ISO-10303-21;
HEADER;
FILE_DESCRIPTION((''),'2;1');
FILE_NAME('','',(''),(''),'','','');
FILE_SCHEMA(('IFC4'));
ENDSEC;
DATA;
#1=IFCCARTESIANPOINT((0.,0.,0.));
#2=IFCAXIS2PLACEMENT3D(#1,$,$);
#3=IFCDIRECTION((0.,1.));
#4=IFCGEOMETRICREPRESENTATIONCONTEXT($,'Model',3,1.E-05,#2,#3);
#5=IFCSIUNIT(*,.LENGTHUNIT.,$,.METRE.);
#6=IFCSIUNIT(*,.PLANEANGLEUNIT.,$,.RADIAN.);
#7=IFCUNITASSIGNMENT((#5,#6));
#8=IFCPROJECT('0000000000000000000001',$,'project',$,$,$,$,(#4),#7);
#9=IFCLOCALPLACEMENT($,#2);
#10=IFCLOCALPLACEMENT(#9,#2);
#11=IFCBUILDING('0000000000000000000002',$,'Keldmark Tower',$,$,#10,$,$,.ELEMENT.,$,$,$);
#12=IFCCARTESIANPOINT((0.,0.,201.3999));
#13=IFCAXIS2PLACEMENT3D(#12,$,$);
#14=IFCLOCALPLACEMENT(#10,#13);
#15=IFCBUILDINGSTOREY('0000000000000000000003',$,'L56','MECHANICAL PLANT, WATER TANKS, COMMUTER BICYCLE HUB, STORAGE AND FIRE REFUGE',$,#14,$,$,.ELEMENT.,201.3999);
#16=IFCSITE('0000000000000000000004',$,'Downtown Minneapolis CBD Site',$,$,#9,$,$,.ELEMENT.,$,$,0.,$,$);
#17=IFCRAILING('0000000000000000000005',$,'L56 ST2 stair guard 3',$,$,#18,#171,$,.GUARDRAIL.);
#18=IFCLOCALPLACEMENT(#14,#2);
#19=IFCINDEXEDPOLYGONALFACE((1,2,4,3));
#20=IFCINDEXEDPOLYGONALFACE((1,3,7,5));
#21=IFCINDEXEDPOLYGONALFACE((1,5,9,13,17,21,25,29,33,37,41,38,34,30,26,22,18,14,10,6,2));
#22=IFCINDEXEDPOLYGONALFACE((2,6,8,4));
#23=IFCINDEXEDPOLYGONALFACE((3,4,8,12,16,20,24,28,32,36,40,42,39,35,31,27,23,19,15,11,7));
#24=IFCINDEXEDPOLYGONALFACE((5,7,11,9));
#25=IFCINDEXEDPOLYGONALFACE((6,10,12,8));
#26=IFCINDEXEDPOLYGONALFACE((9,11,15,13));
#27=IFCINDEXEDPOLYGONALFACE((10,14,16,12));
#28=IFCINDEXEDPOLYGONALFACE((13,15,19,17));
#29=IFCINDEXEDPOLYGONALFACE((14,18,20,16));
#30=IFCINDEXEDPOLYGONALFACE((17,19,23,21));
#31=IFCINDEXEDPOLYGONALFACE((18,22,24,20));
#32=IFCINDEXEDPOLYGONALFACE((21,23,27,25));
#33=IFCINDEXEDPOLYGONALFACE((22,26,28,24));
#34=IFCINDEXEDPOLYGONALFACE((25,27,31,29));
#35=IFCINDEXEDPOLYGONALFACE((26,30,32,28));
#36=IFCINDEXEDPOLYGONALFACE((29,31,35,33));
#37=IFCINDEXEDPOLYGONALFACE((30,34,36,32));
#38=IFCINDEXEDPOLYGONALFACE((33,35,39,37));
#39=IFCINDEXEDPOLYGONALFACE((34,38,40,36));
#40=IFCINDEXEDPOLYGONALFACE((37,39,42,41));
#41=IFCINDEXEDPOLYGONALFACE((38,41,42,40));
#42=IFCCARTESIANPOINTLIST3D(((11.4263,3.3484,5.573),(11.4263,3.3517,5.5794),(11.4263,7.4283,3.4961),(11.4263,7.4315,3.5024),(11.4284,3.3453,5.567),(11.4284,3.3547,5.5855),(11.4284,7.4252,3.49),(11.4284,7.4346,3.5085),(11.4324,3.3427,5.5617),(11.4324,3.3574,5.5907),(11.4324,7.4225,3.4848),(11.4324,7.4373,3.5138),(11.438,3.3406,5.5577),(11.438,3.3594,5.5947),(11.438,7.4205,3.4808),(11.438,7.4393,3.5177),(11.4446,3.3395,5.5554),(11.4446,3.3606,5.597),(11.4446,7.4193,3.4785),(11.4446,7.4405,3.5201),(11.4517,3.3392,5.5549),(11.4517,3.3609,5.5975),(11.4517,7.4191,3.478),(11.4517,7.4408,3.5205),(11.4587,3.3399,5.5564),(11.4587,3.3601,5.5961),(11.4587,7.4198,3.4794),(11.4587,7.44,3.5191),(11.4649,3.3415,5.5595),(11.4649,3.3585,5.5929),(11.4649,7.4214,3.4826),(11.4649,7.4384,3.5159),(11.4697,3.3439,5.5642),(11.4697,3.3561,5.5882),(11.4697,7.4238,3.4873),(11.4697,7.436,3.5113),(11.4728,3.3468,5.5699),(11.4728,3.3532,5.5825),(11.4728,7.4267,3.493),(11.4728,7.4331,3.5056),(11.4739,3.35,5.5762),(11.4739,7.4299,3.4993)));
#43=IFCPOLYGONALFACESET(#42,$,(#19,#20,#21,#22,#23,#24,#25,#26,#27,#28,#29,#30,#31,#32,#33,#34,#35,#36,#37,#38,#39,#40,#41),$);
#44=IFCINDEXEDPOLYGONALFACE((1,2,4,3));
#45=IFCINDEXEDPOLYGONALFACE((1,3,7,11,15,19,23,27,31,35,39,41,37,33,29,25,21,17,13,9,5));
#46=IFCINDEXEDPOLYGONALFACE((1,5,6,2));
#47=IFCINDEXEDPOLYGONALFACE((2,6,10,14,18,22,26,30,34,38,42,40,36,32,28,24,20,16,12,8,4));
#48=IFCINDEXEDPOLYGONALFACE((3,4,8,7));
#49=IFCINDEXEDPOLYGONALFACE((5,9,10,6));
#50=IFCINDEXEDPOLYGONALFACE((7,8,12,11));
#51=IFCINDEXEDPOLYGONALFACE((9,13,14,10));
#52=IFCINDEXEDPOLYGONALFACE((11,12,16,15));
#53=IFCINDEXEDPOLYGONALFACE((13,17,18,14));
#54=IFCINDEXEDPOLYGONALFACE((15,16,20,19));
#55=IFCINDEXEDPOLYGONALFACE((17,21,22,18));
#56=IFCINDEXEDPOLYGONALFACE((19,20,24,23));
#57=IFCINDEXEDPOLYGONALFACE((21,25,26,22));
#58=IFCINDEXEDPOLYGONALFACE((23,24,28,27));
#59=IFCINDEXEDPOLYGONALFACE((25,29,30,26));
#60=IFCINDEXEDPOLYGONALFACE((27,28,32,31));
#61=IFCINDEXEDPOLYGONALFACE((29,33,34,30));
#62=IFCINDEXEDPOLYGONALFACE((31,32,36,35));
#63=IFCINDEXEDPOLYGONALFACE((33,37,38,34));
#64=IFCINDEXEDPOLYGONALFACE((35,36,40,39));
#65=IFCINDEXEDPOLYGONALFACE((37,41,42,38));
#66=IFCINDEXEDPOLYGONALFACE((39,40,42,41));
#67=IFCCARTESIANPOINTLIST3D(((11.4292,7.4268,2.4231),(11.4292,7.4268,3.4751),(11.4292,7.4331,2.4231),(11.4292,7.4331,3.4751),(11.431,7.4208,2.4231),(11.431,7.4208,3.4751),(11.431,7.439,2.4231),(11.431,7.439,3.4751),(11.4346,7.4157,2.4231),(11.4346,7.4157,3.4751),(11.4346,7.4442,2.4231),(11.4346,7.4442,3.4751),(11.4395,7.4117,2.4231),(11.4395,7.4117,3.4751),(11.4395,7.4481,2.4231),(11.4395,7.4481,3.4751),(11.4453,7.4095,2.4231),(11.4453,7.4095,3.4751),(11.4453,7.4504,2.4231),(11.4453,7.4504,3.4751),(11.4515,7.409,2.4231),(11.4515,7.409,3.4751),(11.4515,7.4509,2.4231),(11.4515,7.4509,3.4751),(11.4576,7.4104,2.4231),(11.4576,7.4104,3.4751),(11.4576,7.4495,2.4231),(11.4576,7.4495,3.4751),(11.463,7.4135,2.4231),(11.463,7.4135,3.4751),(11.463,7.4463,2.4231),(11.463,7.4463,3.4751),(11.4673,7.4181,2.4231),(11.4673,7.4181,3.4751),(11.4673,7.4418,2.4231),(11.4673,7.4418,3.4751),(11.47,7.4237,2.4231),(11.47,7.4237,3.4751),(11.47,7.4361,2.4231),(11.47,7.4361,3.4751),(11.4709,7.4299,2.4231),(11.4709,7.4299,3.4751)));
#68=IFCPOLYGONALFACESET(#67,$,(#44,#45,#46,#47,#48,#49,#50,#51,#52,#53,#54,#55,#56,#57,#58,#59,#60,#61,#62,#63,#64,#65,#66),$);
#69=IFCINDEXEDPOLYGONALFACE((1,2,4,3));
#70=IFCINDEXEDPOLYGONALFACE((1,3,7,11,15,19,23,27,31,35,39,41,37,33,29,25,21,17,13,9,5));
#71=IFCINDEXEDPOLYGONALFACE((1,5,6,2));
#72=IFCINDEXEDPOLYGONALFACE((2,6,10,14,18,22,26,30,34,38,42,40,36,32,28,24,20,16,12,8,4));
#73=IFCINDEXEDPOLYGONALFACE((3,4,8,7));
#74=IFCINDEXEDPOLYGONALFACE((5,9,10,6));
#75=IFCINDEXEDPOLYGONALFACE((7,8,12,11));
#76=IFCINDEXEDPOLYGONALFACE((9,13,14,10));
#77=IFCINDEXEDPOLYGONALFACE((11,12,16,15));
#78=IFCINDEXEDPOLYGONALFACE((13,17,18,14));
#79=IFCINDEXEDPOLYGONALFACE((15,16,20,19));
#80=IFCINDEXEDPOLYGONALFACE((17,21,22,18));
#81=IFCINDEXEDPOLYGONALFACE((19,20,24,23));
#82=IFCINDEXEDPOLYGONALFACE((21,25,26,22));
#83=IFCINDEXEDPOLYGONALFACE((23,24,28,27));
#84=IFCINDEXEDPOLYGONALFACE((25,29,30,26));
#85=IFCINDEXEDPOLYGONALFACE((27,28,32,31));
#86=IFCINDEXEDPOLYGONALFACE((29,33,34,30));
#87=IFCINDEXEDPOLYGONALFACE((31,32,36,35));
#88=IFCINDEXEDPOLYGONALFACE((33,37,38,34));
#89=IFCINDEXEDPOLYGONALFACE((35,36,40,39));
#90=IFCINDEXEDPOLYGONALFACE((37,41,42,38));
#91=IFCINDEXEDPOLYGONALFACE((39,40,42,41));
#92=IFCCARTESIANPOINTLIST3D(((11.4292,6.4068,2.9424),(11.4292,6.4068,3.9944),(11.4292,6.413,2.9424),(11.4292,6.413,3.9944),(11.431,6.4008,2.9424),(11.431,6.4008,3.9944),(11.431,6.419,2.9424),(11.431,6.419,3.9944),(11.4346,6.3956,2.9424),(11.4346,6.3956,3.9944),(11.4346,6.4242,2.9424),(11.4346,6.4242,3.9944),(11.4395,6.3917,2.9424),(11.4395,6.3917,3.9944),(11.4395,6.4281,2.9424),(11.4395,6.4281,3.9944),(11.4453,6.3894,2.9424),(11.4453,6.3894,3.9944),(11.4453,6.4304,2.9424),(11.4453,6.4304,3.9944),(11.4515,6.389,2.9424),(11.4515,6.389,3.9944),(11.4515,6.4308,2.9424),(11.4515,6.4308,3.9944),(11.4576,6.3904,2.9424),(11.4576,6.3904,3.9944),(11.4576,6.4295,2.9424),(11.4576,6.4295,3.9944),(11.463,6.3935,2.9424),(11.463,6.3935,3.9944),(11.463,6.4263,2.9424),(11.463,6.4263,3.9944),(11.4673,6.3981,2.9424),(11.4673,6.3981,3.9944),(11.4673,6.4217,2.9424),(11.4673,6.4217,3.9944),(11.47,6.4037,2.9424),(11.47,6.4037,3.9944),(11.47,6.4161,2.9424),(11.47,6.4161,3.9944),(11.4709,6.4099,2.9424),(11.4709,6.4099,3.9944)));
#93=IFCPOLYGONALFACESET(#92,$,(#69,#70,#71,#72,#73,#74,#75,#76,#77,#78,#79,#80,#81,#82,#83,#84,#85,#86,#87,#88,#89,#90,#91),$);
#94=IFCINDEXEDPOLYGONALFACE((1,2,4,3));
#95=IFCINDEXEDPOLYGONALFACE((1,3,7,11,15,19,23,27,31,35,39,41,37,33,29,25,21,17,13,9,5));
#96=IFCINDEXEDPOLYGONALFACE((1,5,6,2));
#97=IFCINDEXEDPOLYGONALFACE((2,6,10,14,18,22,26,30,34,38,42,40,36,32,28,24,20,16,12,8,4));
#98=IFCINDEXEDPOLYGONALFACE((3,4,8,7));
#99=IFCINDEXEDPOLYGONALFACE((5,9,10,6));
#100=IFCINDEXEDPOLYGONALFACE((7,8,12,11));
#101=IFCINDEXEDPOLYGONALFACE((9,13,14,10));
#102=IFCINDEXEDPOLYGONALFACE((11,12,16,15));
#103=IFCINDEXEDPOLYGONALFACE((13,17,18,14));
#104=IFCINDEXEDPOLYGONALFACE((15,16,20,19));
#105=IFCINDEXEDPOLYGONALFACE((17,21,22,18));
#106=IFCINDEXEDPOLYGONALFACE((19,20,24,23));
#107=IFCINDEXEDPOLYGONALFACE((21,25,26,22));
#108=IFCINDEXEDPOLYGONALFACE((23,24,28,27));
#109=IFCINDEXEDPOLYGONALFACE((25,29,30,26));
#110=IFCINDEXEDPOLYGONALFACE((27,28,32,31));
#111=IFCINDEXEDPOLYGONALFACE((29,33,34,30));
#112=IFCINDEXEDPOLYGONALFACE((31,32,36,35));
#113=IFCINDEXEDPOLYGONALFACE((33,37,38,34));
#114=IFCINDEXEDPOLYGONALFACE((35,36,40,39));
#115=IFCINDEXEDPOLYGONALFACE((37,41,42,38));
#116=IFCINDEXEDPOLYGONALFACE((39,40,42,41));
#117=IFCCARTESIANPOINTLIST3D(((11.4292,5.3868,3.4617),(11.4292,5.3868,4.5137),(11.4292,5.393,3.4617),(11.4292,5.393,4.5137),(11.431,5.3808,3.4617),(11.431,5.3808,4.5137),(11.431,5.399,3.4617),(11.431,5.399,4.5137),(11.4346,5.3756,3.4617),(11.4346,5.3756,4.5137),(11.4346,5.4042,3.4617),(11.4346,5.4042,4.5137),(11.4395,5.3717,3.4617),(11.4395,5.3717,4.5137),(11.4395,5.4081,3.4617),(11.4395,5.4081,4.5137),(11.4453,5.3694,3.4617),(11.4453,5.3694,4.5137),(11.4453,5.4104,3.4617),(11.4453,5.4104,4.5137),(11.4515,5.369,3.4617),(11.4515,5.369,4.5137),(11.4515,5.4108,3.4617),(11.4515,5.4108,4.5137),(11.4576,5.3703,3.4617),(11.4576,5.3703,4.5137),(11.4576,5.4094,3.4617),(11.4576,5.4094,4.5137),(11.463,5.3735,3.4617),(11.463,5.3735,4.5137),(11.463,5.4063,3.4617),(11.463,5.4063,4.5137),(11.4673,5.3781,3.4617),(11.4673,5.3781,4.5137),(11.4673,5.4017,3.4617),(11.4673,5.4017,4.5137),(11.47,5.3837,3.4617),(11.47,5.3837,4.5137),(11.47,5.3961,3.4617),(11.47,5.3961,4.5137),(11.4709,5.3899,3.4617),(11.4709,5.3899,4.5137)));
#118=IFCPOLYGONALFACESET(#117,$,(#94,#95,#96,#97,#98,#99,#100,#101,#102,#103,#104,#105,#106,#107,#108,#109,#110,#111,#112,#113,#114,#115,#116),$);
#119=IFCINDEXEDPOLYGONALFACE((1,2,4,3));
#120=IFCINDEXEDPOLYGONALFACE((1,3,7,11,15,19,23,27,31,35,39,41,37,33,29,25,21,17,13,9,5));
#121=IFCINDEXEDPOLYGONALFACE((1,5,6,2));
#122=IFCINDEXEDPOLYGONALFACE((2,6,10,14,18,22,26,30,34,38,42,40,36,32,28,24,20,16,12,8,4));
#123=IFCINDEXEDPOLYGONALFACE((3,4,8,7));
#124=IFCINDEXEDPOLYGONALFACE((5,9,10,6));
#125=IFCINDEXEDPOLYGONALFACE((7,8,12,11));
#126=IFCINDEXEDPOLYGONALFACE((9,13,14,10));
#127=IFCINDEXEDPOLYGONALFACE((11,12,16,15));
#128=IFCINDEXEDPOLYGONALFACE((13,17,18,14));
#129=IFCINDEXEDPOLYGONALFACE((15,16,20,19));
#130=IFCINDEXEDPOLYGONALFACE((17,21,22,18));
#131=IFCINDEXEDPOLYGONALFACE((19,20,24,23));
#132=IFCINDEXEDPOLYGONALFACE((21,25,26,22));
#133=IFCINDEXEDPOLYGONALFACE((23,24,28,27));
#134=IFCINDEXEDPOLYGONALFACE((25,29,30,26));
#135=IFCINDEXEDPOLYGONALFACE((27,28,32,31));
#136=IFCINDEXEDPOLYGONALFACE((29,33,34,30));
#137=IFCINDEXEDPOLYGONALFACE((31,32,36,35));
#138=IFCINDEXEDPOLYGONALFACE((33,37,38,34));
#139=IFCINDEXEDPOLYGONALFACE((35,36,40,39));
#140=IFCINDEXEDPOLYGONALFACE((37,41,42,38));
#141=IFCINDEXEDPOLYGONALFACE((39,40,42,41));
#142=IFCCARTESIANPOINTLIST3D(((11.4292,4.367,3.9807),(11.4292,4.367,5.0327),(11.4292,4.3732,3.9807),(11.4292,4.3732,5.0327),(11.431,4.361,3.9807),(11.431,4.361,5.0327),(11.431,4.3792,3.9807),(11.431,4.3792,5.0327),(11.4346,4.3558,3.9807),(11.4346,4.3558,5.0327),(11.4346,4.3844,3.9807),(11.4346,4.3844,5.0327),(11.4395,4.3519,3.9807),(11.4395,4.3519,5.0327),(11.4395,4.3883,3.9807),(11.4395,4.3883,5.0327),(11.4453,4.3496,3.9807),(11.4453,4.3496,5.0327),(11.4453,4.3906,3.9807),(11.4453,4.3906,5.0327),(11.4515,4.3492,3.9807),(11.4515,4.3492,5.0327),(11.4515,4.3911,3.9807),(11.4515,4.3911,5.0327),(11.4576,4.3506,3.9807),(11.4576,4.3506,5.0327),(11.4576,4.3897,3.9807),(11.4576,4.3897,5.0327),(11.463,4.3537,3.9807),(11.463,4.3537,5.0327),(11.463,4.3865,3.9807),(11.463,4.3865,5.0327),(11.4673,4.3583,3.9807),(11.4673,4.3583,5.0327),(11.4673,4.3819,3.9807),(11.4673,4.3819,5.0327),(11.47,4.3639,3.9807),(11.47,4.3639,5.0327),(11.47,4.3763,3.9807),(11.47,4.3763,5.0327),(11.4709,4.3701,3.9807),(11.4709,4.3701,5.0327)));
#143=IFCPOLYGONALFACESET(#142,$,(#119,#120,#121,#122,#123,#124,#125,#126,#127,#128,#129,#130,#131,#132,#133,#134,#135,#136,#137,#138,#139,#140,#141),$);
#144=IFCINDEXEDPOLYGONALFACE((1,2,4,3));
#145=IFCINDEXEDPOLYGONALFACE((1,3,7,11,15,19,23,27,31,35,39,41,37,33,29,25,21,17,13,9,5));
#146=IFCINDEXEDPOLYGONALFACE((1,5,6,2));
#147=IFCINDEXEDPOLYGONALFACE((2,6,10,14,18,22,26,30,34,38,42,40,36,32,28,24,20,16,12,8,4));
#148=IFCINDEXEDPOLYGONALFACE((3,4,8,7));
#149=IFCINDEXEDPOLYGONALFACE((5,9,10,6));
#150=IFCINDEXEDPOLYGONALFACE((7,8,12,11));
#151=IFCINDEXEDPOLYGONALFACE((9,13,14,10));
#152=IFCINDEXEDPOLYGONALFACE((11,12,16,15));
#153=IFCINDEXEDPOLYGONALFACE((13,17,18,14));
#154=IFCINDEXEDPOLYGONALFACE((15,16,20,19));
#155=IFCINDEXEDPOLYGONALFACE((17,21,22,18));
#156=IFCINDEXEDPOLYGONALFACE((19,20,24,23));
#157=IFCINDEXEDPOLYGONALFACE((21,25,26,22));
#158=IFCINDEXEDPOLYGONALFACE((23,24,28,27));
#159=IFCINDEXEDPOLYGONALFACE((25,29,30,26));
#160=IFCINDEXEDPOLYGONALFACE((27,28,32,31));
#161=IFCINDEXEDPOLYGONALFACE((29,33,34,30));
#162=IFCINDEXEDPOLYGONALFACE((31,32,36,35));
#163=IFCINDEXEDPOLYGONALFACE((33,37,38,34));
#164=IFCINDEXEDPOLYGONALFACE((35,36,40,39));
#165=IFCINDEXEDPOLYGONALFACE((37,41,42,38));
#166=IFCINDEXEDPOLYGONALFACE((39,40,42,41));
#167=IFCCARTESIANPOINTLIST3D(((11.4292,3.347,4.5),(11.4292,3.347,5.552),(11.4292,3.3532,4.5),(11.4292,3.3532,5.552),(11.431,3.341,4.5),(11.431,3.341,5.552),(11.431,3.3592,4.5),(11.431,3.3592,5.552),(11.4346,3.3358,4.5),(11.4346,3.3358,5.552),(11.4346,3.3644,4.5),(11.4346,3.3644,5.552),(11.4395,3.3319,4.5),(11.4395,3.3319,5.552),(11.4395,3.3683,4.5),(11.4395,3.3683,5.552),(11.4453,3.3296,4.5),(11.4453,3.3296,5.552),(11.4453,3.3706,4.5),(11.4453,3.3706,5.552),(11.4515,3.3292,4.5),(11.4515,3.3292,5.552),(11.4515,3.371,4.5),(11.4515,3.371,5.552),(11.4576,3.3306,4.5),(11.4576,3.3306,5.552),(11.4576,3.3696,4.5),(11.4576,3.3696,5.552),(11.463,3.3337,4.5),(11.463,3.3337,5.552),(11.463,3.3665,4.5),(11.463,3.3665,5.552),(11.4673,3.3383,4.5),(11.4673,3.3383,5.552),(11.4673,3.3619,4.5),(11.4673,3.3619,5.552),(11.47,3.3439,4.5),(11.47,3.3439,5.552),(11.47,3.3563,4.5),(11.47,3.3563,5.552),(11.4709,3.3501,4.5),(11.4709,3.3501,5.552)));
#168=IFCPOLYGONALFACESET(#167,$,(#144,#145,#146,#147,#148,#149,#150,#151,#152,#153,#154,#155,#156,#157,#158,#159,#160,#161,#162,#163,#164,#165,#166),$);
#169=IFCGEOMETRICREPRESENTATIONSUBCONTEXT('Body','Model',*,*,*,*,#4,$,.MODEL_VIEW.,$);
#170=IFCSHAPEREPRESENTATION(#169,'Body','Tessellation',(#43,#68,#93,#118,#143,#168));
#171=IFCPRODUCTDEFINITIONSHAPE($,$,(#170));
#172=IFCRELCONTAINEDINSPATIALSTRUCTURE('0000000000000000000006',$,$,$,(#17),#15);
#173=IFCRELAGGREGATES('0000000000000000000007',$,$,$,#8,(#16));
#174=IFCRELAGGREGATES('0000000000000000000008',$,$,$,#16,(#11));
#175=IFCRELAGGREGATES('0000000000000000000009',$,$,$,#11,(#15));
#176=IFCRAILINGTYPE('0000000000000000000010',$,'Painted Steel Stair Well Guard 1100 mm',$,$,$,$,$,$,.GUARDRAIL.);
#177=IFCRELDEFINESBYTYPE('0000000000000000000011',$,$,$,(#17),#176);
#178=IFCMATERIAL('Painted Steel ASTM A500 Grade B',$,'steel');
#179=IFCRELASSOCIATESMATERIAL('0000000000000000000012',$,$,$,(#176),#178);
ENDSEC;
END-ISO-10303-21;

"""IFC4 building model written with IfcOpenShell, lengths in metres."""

from ifc_helpers import new_model, si_unit, direction, frame, origin, origin_2d, place, context, subcontext, project, spatial, circle, extrude, material, type_object, element, save


model = new_model("IFC4")

# Units and contexts
model_context = context("Model", 3, precision=1e-05, world=origin(), true_north=direction((0.0, 1.0)))
body_context = subcontext(model_context, "Body", "Model", "MODEL_VIEW")
ifc_project = project(units=[si_unit("LENGTHUNIT", "METRE"), si_unit("PLANEANGLEUNIT", "RADIAN")], contexts=[model_context])

# Site, building, storey
site_placement = place(None, origin())
site = spatial("IfcSite", under=ifc_project, at=site_placement, Name="Downtown Minneapolis CBD Site", CompositionType="ELEMENT", RefElevation=0.0)
building_placement = place(site_placement, origin())
building = spatial("IfcBuilding", under=site, at=building_placement, Name="Keldmark Tower", CompositionType="ELEMENT")
storey_placement = place(building_placement, frame((0.0, 0.0, 201.3999)))
storey = spatial("IfcBuildingStorey", under=building, at=storey_placement, Name="L56", Description="MECHANICAL PLANT, WATER TANKS, COMMUTER BICYCLE HUB, STORAGE AND FIRE REFUGE", CompositionType="ELEMENT", Elevation=201.3999)

# Railing
ifc_material_1 = material(Name="Painted Steel ASTM A500 Grade B", Category="steel")
railing_type_1 = type_object("IfcRailingType", Name="Painted Steel Stair Well Guard 1100 mm", PredefinedType="GUARDRAIL", material=ifc_material_1)
railing_1_placement = place(storey_placement, frame((11.45, 7.4299, 2.4231)))
element("IfcRailing", 1, at=railing_1_placement, inside=storey, type_object=railing_type_1, Name="L56 ST2 stair guard 3", PredefinedType="GUARDRAIL", context=body_context, shape_type="SweptSolid", body=[
    extrude(circle(Radius=0.0239, at=origin_2d()), frame((0.0, 0.0, 1.0762), z_axis=(0.0, -0.891172, 0.453665), x_axis=(1.0, 0.0, 0.0)), (0.0, 0.0, 1.0), 4.5781),
    extrude(circle(Radius=0.021, at=origin_2d()), origin(), (0.0, 0.0, 1.0), 1.052),
    extrude(circle(Radius=0.021, at=origin_2d()), frame((0.0, -1.02, 0.5193)), (0.0, 0.0, 1.0), 1.052),
    extrude(circle(Radius=0.021, at=origin_2d()), frame((0.0, -2.04, 1.0386)), (0.0, 0.0, 1.0), 1.052),
    extrude(circle(Radius=0.021, at=origin_2d()), frame((0.0, -3.0598, 1.5576)), (0.0, 0.0, 1.0), 1.052),
    extrude(circle(Radius=0.021, at=origin_2d()), frame((0.0, -4.0798, 2.0769)), (0.0, 0.0, 1.0), 1.052),
])

save(model, "model.ifc")
